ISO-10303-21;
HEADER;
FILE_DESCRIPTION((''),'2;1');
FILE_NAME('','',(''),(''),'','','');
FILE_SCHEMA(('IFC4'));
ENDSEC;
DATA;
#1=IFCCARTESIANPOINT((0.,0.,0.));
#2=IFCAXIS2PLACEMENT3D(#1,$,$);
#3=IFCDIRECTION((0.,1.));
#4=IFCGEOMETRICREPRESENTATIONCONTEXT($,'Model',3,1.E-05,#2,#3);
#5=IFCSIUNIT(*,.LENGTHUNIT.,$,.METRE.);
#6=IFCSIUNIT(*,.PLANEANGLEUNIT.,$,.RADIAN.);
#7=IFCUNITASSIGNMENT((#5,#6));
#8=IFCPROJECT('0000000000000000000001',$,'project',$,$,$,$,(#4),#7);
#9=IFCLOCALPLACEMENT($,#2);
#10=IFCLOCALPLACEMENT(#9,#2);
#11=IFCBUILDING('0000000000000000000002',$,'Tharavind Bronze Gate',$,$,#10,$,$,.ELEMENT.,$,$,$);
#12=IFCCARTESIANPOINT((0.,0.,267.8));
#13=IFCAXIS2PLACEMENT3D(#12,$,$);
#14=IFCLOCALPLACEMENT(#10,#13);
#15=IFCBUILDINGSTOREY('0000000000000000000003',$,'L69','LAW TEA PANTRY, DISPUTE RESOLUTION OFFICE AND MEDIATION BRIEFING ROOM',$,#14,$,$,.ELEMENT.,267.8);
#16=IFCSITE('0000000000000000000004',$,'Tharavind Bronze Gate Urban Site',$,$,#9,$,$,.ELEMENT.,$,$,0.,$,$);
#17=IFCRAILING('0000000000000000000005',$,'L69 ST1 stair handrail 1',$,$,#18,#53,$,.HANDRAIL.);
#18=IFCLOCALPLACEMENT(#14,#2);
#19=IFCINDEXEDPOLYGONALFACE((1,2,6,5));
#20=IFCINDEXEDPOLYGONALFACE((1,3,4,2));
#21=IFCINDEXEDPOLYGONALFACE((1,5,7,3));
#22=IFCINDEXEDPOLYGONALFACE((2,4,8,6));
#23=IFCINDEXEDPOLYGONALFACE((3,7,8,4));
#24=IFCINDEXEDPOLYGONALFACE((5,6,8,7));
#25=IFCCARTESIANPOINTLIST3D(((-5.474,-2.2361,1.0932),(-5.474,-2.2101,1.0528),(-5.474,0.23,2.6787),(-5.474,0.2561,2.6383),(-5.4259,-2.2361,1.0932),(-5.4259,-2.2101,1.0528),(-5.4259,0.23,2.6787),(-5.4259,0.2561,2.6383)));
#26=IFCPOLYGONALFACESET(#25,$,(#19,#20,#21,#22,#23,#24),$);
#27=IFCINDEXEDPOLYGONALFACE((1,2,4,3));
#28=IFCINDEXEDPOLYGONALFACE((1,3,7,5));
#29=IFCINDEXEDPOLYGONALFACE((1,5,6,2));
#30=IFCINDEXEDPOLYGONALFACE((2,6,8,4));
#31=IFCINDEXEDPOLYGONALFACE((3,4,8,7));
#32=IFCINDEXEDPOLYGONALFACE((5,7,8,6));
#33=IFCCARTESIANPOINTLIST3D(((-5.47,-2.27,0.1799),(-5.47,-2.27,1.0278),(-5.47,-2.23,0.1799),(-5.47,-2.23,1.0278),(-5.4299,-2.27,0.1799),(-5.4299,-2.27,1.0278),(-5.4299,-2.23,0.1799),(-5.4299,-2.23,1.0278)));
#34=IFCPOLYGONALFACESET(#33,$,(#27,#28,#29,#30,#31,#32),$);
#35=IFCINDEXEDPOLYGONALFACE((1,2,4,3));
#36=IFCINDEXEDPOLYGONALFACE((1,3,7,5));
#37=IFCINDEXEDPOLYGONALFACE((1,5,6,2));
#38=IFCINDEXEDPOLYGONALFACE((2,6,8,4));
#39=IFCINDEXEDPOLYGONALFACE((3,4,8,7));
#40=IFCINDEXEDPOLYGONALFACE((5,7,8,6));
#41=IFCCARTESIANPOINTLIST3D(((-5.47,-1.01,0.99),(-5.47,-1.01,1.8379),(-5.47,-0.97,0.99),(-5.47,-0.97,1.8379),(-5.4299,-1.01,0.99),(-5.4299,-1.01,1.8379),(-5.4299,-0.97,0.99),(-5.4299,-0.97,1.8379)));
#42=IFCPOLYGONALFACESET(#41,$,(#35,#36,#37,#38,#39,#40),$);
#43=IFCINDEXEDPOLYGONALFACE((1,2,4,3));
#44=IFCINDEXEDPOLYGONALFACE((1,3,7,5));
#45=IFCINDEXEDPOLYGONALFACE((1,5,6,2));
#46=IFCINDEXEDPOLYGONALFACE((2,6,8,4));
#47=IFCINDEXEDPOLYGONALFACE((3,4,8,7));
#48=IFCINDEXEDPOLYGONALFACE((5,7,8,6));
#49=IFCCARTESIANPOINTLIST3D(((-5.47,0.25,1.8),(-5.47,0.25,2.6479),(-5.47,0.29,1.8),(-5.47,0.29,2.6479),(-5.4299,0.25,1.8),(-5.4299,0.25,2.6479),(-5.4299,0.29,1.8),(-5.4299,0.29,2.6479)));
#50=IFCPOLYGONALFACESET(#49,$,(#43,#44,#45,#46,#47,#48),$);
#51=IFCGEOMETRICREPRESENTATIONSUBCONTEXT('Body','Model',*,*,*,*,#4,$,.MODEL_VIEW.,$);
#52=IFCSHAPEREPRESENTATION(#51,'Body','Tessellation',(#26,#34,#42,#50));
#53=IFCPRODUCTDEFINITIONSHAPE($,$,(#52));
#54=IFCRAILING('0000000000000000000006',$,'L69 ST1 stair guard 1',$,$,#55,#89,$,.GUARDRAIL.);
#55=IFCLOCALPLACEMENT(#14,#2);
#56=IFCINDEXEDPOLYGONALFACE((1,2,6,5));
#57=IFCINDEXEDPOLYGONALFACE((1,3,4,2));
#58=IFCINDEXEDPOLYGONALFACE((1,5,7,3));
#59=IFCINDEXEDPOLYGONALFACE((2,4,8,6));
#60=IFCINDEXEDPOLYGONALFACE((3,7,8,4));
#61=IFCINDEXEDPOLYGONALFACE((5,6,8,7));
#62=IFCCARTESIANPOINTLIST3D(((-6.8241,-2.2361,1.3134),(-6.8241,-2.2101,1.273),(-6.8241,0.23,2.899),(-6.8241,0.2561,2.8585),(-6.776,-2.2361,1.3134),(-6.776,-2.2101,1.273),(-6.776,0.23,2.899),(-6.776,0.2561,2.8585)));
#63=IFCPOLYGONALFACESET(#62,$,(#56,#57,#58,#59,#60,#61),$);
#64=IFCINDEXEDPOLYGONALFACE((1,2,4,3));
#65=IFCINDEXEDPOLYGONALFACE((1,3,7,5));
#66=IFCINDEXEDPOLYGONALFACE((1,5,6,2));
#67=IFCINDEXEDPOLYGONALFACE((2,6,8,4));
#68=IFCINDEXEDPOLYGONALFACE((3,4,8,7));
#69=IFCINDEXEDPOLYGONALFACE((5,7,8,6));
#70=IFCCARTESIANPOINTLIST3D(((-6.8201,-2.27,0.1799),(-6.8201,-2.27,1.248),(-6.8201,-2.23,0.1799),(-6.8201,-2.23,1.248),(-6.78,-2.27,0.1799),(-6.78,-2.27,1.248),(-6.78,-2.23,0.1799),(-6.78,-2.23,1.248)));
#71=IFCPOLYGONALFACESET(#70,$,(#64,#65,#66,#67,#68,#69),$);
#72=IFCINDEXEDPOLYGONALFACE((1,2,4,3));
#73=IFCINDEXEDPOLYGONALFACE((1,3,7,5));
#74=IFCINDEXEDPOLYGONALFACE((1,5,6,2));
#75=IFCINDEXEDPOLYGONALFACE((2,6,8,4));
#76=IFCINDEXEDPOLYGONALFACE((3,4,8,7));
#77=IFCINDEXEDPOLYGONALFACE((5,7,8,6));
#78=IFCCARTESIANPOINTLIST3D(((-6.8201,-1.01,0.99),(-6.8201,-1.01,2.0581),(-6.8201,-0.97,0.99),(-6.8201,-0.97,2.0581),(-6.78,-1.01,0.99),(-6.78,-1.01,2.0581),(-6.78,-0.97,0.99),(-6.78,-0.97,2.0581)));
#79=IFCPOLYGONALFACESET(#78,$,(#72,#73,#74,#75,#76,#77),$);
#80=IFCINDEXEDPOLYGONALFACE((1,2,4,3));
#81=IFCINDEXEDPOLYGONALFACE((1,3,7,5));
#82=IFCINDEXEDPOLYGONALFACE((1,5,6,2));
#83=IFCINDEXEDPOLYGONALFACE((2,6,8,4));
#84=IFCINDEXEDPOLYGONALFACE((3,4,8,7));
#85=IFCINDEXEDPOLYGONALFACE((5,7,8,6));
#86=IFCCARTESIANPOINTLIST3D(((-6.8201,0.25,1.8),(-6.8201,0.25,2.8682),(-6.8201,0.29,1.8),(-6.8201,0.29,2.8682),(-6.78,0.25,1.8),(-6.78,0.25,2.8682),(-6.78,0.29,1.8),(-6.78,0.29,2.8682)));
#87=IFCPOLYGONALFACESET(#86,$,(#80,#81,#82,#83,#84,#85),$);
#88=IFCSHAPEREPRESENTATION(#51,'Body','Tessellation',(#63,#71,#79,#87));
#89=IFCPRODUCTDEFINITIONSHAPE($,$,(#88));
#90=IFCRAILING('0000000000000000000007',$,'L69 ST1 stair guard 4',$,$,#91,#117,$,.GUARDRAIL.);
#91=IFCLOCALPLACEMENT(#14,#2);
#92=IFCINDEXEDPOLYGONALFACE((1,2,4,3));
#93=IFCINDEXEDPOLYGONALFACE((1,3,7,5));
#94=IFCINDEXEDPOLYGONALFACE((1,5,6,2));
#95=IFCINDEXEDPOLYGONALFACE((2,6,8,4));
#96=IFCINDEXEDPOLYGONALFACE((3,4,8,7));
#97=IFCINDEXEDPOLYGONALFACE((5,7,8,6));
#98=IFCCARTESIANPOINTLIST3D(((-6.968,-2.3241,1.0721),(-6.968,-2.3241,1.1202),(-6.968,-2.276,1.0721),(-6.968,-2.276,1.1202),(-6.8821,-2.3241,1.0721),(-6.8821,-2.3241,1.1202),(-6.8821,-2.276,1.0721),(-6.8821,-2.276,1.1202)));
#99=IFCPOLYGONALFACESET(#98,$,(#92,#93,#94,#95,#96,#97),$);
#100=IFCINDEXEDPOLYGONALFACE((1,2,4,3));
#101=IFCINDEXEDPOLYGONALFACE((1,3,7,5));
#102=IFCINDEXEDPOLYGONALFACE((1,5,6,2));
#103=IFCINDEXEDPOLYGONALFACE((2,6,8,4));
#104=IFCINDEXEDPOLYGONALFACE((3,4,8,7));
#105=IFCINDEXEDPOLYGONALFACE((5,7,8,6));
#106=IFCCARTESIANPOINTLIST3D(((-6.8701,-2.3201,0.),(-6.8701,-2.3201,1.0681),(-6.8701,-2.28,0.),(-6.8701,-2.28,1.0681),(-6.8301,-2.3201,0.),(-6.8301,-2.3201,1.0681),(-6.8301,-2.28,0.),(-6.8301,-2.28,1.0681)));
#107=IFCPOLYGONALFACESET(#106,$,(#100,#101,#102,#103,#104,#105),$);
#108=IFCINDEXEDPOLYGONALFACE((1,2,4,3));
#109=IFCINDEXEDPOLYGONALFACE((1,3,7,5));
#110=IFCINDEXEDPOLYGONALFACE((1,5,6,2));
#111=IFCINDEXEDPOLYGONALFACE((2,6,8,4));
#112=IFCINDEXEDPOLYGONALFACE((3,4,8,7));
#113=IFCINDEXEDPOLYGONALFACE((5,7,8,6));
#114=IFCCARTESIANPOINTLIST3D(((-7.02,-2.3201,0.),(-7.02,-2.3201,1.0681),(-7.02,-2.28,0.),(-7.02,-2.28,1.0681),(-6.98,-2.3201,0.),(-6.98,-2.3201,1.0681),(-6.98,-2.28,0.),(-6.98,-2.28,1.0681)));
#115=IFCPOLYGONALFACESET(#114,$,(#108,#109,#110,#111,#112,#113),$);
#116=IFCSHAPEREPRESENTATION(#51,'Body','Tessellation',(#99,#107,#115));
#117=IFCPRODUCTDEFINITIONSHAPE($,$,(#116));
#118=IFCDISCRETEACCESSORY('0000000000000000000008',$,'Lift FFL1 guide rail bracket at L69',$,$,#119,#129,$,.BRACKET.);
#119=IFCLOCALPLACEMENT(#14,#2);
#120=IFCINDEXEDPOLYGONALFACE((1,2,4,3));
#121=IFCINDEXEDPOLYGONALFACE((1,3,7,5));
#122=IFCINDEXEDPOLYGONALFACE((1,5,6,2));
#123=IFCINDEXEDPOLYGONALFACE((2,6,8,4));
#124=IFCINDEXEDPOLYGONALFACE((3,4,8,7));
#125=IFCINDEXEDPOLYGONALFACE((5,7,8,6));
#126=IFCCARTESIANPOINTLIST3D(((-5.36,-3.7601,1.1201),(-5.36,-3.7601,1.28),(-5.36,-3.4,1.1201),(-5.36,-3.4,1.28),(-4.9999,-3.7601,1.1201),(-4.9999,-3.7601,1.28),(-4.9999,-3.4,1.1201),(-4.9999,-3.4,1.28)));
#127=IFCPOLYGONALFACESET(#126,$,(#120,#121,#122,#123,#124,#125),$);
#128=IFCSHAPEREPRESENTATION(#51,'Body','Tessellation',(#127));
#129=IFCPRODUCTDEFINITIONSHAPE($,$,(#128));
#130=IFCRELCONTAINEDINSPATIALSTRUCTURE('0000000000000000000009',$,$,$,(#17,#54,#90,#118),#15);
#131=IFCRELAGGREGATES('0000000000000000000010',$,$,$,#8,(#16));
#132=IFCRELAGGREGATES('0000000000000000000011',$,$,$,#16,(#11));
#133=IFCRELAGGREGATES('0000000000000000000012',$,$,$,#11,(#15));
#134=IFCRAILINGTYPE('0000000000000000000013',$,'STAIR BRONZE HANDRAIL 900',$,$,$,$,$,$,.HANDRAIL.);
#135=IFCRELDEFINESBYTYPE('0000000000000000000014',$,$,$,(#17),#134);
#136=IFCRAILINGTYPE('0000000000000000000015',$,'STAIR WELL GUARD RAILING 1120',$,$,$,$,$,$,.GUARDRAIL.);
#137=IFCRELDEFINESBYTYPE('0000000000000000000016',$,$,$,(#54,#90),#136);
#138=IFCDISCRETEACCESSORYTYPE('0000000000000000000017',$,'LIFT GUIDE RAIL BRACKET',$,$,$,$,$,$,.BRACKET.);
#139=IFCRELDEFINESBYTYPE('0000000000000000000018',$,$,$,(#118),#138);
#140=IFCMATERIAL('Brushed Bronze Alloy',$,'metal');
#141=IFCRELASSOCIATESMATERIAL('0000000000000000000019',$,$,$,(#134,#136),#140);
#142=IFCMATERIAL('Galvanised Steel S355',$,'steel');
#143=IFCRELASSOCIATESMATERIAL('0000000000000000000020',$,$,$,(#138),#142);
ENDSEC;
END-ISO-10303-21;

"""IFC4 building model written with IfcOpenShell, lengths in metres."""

from ifc_helpers import new_model, si_unit, direction, frame, origin, origin_2d, place, context, subcontext, project, spatial, rectangle, extrude, material, type_object, element, save


model = new_model("IFC4")

# Units and contexts
model_context = context("Model", 3, precision=1e-05, world=origin(), true_north=direction((0.0, 1.0)))
body_context = subcontext(model_context, "Body", "Model", "MODEL_VIEW")
ifc_project = project(units=[si_unit("LENGTHUNIT", "METRE"), si_unit("PLANEANGLEUNIT", "RADIAN")], contexts=[model_context])

# Site, building, storey
site_placement = place(None, origin())
site = spatial("IfcSite", under=ifc_project, at=site_placement, Name="Tharavind Bronze Gate Urban Site", CompositionType="ELEMENT", RefElevation=0.0)
building_placement = place(site_placement, origin())
building = spatial("IfcBuilding", under=site, at=building_placement, Name="Tharavind Bronze Gate", CompositionType="ELEMENT")
storey_placement = place(building_placement, frame((0.0, 0.0, 267.8)))
storey = spatial("IfcBuildingStorey", under=building, at=storey_placement, Name="L69", Description="LAW TEA PANTRY, DISPUTE RESOLUTION OFFICE AND MEDIATION BRIEFING ROOM", CompositionType="ELEMENT", Elevation=267.8)

# Railings
ifc_material_1 = material(Name="Brushed Bronze Alloy", Category="metal")
railing_type_1 = type_object("IfcRailingType", Name="STAIR BRONZE HANDRAIL 900", PredefinedType="HANDRAIL", material=ifc_material_1)
railing_1_placement = place(storey_placement, frame((-5.45, -2.25, 0.1799)))
element("IfcRailing", 1, at=railing_1_placement, inside=storey, type_object=railing_type_1, Name="L69 ST1 stair handrail 1", PredefinedType="HANDRAIL", context=body_context, shape_type="SweptSolid", body=[
    extrude(rectangle(XDim=0.0481, YDim=0.0481, at=origin_2d()), frame((0.0, 0.0269, 0.8931), z_axis=(0.0, 0.841163, 0.540782), x_axis=(-1.0, 0.0, 0.0)), (0.0, 0.0, 1.0), 2.9319),
    extrude(rectangle(XDim=0.04, YDim=0.04, at=origin_2d()), origin(), (0.0, 0.0, 1.0), 0.8479),
    extrude(rectangle(XDim=0.04, YDim=0.04, at=origin_2d()), frame((0.0, 1.26, 0.8101)), (0.0, 0.0, 1.0), 0.8479),
    extrude(rectangle(XDim=0.04, YDim=0.04, at=origin_2d()), frame((0.0, 2.52, 1.6201)), (0.0, 0.0, 1.0), 0.8479),
])
railing_type_2 = type_object("IfcRailingType", Name="STAIR WELL GUARD RAILING 1120", PredefinedType="GUARDRAIL", material=ifc_material_1)
railing_2_placement = place(storey_placement, frame((-6.8, -2.25, 0.1799)))
element("IfcRailing", 2, at=railing_2_placement, inside=storey, type_object=railing_type_2, Name="L69 ST1 stair guard 1", PredefinedType="GUARDRAIL", context=body_context, shape_type="SweptSolid", body=[
    extrude(rectangle(XDim=0.0481, YDim=0.0481, at=origin_2d()), frame((0.0, 0.0269, 1.1133), z_axis=(0.0, 0.841163, 0.540782), x_axis=(-1.0, 0.0, 0.0)), (0.0, 0.0, 1.0), 2.9319),
    extrude(rectangle(XDim=0.04, YDim=0.04, at=origin_2d()), origin(), (0.0, 0.0, 1.0), 1.0681),
    extrude(rectangle(XDim=0.04, YDim=0.04, at=origin_2d()), frame((0.0, 1.26, 0.8101)), (0.0, 0.0, 1.0), 1.0681),
    extrude(rectangle(XDim=0.04, YDim=0.04, at=origin_2d()), frame((0.0, 2.52, 1.6201)), (0.0, 0.0, 1.0), 1.0681),
])
railing_3_placement = place(storey_placement, frame((-6.8501, -2.3, 0.0)))
element("IfcRailing", 3, at=railing_3_placement, inside=storey, type_object=railing_type_2, Name="L69 ST1 stair guard 4", PredefinedType="GUARDRAIL", context=body_context, shape_type="SweptSolid", body=[
    extrude(rectangle(XDim=0.0481, YDim=0.0481, at=origin_2d()), frame((-0.032, 0.0, 1.0962), z_axis=(-1.0, 0.0, 0.0), x_axis=(0.0, -1.0, 0.0)), (0.0, 0.0, 1.0), 0.0859),
    extrude(rectangle(XDim=0.04, YDim=0.04, at=origin_2d()), origin(), (0.0, 0.0, 1.0), 1.0681),
    extrude(rectangle(XDim=0.04, YDim=0.04, at=origin_2d()), frame((-0.1499, 0.0, 0.0)), (0.0, 0.0, 1.0), 1.0681),
])

# Discrete accessory
ifc_material_2 = material(Name="Galvanised Steel S355", Category="steel")
discrete_accessory_type = type_object("IfcDiscreteAccessoryType", Name="LIFT GUIDE RAIL BRACKET", PredefinedType="BRACKET", material=ifc_material_2)
discrete_accessory_placement = place(storey_placement, frame((-5.1799, -3.5801, 1.1201), z_axis=(0.0, 0.0, 1.0), x_axis=(1.0, 0.0, 0.0)))
element("IfcDiscreteAccessory", 4, at=discrete_accessory_placement, inside=storey, type_object=discrete_accessory_type, Name="Lift FFL1 guide rail bracket at L69", PredefinedType="BRACKET", context=body_context, shape_type="SweptSolid", body=[
    extrude(rectangle(XDim=0.3601, YDim=0.3601, at=origin_2d()), origin(), (0.0, 0.0, 1.0), 0.1599),
])

save(model, "model.ifc")
